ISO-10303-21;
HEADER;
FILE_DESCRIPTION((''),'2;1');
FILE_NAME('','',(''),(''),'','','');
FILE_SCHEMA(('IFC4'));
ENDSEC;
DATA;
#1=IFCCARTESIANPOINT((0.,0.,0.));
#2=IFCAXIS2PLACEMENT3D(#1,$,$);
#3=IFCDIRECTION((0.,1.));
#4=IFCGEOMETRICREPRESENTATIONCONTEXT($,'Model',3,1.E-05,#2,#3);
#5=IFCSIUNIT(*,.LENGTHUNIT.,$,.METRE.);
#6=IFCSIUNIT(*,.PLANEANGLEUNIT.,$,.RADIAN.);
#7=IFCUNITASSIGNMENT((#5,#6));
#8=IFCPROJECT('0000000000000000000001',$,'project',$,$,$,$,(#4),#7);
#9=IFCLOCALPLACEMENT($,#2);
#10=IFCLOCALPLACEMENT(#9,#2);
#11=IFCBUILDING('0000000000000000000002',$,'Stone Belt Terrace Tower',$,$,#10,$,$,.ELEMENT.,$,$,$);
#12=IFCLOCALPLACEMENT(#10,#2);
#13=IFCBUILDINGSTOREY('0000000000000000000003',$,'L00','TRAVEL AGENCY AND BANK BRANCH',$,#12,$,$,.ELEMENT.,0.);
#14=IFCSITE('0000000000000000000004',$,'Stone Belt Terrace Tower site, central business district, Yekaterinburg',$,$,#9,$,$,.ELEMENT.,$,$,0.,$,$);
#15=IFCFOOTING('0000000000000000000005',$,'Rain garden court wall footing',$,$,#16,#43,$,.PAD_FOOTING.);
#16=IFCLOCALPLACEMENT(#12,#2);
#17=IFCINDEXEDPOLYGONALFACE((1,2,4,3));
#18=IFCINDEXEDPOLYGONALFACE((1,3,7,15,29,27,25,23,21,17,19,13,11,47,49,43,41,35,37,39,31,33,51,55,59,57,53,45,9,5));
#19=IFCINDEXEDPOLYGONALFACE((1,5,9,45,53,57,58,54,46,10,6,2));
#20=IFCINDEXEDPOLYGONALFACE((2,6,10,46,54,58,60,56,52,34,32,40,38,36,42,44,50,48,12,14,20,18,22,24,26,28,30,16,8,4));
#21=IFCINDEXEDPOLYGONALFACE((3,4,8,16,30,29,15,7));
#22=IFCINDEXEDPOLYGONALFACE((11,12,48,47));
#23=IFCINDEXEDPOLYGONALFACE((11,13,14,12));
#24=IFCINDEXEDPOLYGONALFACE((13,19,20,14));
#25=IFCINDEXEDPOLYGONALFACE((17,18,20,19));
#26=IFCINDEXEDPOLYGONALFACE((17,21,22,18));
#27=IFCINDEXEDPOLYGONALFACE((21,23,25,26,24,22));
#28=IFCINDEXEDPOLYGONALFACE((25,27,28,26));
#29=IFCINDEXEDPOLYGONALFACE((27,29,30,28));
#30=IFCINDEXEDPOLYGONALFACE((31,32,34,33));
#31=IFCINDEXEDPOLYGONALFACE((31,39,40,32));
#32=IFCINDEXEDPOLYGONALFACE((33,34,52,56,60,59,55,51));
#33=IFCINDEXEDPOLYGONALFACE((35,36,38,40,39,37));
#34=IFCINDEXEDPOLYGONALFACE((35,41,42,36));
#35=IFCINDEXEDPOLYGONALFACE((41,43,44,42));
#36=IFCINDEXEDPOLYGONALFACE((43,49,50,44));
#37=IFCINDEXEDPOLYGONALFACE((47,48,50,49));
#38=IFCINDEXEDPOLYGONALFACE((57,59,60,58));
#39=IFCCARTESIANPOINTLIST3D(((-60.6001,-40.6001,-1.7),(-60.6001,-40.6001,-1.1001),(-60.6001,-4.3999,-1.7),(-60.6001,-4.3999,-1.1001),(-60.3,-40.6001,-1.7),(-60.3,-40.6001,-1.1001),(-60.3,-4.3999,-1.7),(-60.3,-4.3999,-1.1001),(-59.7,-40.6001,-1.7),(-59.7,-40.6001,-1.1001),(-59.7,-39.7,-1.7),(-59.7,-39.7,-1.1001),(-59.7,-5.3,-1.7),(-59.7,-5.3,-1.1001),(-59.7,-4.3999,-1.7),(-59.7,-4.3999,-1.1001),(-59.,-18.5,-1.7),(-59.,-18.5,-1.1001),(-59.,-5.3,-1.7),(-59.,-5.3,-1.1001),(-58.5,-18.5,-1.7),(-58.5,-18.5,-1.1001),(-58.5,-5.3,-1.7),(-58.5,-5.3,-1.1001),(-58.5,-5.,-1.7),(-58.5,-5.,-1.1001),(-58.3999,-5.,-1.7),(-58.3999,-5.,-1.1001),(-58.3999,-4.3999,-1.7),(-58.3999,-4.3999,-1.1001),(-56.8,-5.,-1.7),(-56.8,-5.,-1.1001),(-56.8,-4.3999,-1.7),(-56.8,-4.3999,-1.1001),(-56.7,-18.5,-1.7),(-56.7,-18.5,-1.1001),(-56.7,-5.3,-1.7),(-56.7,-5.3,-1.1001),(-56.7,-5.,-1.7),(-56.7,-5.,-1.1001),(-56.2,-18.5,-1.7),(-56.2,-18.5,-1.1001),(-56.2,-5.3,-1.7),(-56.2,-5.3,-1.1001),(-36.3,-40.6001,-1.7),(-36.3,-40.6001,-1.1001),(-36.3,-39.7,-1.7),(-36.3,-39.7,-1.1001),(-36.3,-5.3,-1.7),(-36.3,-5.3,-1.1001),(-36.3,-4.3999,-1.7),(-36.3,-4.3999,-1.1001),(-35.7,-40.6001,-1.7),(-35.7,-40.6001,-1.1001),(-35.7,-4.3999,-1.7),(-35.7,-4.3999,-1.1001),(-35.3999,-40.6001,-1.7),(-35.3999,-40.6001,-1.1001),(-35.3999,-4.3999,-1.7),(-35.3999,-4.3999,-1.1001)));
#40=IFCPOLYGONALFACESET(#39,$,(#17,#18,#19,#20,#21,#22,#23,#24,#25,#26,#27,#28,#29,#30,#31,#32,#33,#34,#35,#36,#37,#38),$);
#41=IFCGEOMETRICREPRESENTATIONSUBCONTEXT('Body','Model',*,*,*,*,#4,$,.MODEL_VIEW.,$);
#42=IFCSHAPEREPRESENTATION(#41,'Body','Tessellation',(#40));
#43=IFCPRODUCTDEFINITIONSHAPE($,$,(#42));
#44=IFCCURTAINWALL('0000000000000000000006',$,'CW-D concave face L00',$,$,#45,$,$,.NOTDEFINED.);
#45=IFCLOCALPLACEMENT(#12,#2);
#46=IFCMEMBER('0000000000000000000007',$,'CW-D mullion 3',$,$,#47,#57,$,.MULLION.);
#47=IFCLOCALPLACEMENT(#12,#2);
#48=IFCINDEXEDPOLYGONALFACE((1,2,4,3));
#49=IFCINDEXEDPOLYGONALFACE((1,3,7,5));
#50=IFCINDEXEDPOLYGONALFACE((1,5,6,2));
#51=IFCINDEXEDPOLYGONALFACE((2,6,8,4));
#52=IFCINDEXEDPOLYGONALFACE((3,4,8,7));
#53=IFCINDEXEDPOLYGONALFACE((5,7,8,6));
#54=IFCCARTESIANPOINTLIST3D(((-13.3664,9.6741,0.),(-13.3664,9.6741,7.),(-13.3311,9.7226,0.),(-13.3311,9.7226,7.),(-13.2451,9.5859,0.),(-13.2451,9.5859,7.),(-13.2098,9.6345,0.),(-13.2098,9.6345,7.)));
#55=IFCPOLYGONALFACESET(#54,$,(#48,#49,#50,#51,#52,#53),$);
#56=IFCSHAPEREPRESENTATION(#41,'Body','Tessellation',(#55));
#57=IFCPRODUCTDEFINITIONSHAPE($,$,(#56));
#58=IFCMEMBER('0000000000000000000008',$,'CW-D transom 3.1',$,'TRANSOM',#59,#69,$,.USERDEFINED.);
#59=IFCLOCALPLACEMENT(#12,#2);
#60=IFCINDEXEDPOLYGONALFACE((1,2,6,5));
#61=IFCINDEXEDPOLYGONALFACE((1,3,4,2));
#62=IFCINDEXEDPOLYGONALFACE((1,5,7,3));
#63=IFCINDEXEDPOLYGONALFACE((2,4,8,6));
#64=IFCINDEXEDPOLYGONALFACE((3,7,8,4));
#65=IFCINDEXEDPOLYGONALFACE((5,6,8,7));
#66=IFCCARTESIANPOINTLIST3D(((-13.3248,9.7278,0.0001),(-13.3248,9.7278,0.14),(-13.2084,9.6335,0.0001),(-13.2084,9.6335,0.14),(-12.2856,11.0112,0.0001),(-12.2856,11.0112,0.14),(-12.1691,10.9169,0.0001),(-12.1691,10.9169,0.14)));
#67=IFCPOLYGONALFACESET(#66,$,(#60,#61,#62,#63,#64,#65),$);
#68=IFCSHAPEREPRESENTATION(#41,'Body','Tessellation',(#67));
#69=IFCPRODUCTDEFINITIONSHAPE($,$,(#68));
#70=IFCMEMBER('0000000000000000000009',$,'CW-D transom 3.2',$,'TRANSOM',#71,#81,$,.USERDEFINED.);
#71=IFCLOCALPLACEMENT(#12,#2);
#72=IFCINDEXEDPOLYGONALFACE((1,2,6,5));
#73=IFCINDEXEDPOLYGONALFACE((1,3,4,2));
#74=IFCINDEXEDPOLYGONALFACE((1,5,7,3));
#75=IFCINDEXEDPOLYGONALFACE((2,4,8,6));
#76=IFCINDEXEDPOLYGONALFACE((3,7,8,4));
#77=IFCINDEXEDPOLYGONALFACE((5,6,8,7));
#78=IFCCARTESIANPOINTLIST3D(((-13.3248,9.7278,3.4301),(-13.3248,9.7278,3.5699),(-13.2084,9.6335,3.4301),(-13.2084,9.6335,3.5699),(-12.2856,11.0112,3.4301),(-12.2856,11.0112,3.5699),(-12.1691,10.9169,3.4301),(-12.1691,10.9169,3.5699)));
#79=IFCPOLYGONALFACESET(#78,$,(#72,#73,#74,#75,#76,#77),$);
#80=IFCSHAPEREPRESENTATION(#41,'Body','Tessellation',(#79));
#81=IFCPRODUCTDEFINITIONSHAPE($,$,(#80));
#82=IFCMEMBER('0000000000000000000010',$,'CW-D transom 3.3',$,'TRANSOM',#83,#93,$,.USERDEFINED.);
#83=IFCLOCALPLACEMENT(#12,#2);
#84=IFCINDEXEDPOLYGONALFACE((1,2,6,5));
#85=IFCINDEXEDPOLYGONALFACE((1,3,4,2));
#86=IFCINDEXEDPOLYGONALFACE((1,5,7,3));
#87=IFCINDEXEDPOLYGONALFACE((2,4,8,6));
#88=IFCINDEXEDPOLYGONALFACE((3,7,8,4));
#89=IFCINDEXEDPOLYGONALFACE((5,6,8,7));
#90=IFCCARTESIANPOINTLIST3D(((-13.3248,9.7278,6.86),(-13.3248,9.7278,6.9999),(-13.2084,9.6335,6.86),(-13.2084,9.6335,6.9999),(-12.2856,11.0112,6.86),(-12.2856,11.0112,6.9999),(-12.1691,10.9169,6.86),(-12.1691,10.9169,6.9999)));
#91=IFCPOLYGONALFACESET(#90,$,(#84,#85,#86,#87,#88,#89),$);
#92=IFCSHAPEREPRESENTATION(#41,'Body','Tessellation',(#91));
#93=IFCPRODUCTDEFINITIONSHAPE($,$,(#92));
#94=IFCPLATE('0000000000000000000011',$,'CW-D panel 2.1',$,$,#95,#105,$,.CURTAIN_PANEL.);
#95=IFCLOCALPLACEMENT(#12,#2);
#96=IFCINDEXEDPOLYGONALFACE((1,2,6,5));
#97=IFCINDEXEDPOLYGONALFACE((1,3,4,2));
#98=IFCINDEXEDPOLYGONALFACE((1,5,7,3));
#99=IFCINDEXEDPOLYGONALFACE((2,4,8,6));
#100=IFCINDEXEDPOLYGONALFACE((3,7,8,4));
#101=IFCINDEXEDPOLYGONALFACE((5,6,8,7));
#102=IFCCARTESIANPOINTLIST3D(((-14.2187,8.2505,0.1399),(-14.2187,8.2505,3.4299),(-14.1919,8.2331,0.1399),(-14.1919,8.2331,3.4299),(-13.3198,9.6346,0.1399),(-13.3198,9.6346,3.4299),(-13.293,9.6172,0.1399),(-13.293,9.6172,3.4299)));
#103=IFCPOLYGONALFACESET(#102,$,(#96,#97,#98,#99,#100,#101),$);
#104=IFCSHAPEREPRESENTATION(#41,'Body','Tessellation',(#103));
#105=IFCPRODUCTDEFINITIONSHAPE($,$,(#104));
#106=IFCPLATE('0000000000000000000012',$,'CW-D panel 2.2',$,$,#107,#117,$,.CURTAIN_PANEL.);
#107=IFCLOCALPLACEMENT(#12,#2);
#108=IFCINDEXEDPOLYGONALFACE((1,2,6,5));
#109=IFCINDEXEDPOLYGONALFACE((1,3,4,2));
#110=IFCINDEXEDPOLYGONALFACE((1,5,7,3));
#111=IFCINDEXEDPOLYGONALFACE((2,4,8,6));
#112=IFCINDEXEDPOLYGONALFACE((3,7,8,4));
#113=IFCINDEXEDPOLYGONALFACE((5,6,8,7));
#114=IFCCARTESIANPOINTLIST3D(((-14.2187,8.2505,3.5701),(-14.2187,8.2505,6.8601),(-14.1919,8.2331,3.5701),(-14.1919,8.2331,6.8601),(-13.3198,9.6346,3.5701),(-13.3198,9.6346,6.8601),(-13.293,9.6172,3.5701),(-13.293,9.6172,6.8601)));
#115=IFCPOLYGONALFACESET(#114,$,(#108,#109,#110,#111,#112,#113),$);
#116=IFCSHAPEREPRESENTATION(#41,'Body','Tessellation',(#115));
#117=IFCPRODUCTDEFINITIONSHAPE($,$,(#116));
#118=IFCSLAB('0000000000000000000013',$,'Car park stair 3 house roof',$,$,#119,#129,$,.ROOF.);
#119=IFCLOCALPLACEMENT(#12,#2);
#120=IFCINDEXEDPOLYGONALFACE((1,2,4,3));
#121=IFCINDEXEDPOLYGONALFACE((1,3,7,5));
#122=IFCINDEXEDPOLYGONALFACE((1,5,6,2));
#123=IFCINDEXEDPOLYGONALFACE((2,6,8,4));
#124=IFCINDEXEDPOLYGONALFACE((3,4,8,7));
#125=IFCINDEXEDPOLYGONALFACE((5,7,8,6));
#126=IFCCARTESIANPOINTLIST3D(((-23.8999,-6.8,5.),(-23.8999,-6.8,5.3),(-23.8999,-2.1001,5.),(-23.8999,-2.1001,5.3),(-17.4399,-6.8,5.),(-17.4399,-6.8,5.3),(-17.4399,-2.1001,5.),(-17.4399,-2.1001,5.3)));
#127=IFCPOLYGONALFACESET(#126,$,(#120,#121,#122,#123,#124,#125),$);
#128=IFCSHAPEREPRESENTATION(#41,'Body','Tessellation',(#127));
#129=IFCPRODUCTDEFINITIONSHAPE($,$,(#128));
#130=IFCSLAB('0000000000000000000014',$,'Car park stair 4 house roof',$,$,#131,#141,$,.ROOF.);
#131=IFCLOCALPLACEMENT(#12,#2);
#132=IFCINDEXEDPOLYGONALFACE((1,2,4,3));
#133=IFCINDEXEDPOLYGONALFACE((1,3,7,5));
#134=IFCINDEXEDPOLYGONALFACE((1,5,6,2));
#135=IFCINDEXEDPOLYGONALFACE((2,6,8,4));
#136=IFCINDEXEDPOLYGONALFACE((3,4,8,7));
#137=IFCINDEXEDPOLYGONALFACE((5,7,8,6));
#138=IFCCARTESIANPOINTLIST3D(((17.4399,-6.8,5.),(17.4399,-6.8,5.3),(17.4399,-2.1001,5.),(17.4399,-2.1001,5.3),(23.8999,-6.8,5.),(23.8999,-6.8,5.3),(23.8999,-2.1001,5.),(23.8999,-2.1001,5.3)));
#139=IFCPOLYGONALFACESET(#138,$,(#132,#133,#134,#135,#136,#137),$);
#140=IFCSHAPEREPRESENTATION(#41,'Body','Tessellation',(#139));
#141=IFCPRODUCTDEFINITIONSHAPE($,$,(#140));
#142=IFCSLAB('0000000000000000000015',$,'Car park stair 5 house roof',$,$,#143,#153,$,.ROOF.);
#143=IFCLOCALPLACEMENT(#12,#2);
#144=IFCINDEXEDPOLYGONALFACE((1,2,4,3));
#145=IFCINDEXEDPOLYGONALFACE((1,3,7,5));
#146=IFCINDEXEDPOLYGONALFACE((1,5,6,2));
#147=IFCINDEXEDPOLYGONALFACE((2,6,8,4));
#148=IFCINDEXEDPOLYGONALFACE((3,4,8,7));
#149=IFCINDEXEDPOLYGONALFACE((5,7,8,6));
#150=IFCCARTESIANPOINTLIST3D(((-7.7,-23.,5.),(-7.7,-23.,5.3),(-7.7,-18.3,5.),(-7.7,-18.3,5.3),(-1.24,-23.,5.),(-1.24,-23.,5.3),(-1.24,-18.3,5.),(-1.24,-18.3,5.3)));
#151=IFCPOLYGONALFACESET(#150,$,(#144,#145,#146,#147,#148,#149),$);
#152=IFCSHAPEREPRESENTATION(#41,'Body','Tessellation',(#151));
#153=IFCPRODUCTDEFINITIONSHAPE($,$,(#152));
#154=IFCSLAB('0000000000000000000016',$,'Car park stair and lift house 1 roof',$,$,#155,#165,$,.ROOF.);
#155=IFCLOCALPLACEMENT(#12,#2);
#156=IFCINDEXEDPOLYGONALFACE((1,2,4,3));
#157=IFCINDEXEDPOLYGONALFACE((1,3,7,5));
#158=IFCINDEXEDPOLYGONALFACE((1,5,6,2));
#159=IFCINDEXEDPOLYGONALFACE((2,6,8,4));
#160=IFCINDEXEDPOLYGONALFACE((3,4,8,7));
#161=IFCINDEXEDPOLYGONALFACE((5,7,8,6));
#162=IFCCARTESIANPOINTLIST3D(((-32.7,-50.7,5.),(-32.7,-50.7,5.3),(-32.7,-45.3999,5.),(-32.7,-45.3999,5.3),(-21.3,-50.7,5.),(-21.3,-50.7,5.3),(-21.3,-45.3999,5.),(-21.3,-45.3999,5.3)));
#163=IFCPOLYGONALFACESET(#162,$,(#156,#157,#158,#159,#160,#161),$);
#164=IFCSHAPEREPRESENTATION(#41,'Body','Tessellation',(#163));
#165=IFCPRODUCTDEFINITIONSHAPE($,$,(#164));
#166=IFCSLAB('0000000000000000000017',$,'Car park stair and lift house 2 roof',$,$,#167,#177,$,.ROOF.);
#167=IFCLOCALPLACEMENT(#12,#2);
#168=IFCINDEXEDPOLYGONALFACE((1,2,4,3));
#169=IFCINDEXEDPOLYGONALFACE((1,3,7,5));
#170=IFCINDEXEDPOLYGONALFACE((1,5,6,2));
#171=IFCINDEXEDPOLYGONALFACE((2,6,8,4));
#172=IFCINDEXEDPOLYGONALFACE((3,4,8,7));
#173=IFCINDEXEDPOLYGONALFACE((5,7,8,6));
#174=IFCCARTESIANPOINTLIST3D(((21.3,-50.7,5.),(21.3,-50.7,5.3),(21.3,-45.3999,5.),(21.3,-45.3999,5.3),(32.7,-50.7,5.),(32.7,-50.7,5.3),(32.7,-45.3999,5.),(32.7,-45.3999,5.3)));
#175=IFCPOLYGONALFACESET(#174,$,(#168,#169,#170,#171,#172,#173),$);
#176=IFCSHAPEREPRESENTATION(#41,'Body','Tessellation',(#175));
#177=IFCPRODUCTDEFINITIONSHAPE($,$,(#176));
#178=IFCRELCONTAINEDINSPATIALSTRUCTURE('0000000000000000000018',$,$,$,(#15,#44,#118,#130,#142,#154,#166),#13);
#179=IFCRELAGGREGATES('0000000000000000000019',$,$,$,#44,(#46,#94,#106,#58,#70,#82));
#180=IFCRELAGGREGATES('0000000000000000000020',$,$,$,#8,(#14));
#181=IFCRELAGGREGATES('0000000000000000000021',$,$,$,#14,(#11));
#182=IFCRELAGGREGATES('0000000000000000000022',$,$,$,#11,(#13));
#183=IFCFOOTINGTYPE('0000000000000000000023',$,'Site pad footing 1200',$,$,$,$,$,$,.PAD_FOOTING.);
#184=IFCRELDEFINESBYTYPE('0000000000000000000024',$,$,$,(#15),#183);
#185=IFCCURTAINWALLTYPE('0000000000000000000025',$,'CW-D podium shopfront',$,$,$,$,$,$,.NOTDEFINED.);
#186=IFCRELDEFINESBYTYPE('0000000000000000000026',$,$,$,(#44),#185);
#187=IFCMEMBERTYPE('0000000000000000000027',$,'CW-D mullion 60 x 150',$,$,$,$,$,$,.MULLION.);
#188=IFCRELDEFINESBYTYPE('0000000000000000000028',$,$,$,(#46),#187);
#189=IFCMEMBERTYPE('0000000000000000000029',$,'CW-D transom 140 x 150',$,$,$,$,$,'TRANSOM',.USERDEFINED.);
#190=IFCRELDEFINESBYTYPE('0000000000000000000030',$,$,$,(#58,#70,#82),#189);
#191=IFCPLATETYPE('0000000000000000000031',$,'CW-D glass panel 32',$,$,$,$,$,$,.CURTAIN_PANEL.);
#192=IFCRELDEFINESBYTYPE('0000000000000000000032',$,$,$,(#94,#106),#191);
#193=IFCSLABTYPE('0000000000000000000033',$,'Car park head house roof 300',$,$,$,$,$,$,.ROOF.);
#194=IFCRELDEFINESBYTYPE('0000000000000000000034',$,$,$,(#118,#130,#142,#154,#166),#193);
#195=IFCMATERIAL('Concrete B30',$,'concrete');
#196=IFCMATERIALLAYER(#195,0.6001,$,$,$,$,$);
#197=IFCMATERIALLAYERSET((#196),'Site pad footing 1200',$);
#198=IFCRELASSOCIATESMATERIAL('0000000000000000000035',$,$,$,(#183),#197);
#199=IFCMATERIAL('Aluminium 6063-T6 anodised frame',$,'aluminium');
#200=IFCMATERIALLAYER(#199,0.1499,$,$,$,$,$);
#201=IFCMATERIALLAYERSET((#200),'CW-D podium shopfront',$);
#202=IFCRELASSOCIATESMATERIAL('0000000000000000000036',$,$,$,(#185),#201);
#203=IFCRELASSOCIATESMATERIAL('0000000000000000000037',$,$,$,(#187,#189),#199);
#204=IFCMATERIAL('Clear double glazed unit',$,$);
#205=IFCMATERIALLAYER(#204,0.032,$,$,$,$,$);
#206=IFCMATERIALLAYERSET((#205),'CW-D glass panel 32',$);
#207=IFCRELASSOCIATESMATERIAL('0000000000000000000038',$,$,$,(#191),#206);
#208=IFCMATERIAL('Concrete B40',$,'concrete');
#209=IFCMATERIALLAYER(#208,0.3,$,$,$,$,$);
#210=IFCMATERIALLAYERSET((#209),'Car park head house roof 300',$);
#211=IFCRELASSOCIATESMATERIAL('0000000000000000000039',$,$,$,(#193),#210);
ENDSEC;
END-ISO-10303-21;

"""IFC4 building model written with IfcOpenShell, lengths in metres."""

from ifc_helpers import new_model, si_unit, direction, frame, origin, origin_2d, place, context, subcontext, project, spatial, polyline, rectangle, outline, extrude, material, layer, layer_set, material_profile, profile_set, type_object, element, aggregate, save


model = new_model("IFC4")

# Units and contexts
model_context = context("Model", 3, precision=1e-05, world=origin(), true_north=direction((0.0, 1.0)))
body_context = subcontext(model_context, "Body", "Model", "MODEL_VIEW")
ifc_project = project(units=[si_unit("LENGTHUNIT", "METRE"), si_unit("PLANEANGLEUNIT", "RADIAN")], contexts=[model_context])

# Site, building, storey
site_placement = place(None, origin())
site = spatial("IfcSite", under=ifc_project, at=site_placement, Name="Stone Belt Terrace Tower site, central business district, Yekaterinburg", CompositionType="ELEMENT", RefElevation=0.0)
building_placement = place(site_placement, origin())
building = spatial("IfcBuilding", under=site, at=building_placement, Name="Stone Belt Terrace Tower", CompositionType="ELEMENT")
storey_placement = place(building_placement, origin())
storey = spatial("IfcBuildingStorey", under=building, at=storey_placement, Name="L00", Description="TRAVEL AGENCY AND BANK BRANCH", CompositionType="ELEMENT", Elevation=0.0)

# Footing
ifc_material_1 = material(Name="Concrete B30", Category="concrete")
ifc_layer_1 = layer(ifc_material_1, 0.6001)
ifc_layer_set_1 = layer_set([ifc_layer_1], Name="Site pad footing 1200")
footing_type = type_object("IfcFootingType", Name="Site pad footing 1200", PredefinedType="PAD_FOOTING", material=ifc_layer_set_1)
footing_placement = place(storey_placement, frame((0.0, 0.0, -1.7)))
element("IfcFooting", 1, at=footing_placement, inside=storey, type_object=footing_type, Name="Rain garden court wall footing", PredefinedType="PAD_FOOTING", context=body_context, shape_type="SweptSolid", body=[
    extrude(outline(polyline([(-60.6001, -40.6001), (-60.3, -40.6001), (-59.7, -40.6001), (-36.3, -40.6001), (-35.7, -40.6001), (-35.3999, -40.6001), (-35.3999, -4.3999), (-35.7, -4.3999), (-36.3, -4.3999), (-56.8, -4.3999), (-56.8, -5.0), (-56.7, -5.0), (-56.7, -5.3), (-56.7, -18.5), (-56.2, -18.5), (-56.2, -5.3), (-36.3, -5.3), (-36.3, -39.7), (-59.7, -39.7), (-59.7, -5.3), (-59.0, -5.3), (-59.0, -18.5), (-58.5, -18.5), (-58.5, -5.3), (-58.5, -5.0), (-58.3999, -5.0), (-58.3999, -4.3999), (-59.7, -4.3999), (-60.3, -4.3999), (-60.6001, -4.3999), (-60.6001, -40.6001)])), origin(), (0.0, 0.0, 1.0), 0.5999),
])

# Curtain wall, members, plates
ifc_material_2 = material(Name="Aluminium 6063-T6 anodised frame", Category="aluminium")
ifc_layer_2 = layer(ifc_material_2, 0.1499)
ifc_layer_set_2 = layer_set([ifc_layer_2], Name="CW-D podium shopfront")
curtain_wall_type = type_object("IfcCurtainWallType", Name="CW-D podium shopfront", PredefinedType="NOTDEFINED", material=ifc_layer_set_2)
curtain_wall_placement = place(storey_placement, origin())
curtain_wall = element("IfcCurtainWall", 2, at=curtain_wall_placement, inside=storey, type_object=curtain_wall_type, Name="CW-D concave face L00", PredefinedType="NOTDEFINED")
ifc_material_profile_1 = material_profile(ifc_material_2, rectangle(XDim=0.1499, YDim=0.0601, at=origin_2d()), Name="Aluminium 6063-T6 60x150")
ifc_profile_set_1 = profile_set([ifc_material_profile_1], Name="Aluminium 6063-T6 anodised frame")
member_type_1 = type_object("IfcMemberType", Name="CW-D mullion 60 x 150", PredefinedType="MULLION", material=ifc_profile_set_1)
member_1_placement = place(storey_placement, frame((-13.2881, 9.6543, 0.0), z_axis=(0.0, 0.0, 1.0), x_axis=(-0.809017, 0.587785, 0.0)))
member_1 = element("IfcMember", 3, at=member_1_placement, type_object=member_type_1, Name="CW-D mullion 3", PredefinedType="MULLION", context=body_context, shape_type="SweptSolid", body=[
    extrude(rectangle(XDim=0.1499, YDim=0.0601, at=origin_2d()), origin(), (0.0, 0.0, 1.0), 7.0),
])
ifc_material_profile_2 = material_profile(ifc_material_2, rectangle(XDim=0.1499, YDim=0.1399, at=origin_2d()), Name="Aluminium 6063-T6 150x140")
ifc_profile_set_2 = profile_set([ifc_material_profile_2], Name="Aluminium 6063-T6 anodised frame")
member_type_2 = type_object("IfcMemberType", Name="CW-D transom 140 x 150", ElementType="TRANSOM", PredefinedType="USERDEFINED", material=ifc_profile_set_2)
member_2_placement = place(storey_placement, frame((-13.2666, 9.6807, 0.0701), z_axis=(0.629317, 0.777148, 0.0), x_axis=(-0.777148, 0.629317, 0.0)))
member_2 = element("IfcMember", 4, at=member_2_placement, type_object=member_type_2, Name="CW-D transom 3.1", ObjectType="TRANSOM", PredefinedType="USERDEFINED", context=body_context, shape_type="SweptSolid", body=[
    extrude(rectangle(XDim=0.1499, YDim=0.1399, at=origin_2d()), origin(), (0.0, 0.0, 1.0), 1.6514),
])
member_3_placement = place(storey_placement, frame((-13.2666, 9.6807, 3.5), z_axis=(0.629317, 0.777148, 0.0), x_axis=(-0.777148, 0.629317, 0.0)))
member_3 = element("IfcMember", 5, at=member_3_placement, type_object=member_type_2, Name="CW-D transom 3.2", ObjectType="TRANSOM", PredefinedType="USERDEFINED", context=body_context, shape_type="SweptSolid", body=[
    extrude(rectangle(XDim=0.1499, YDim=0.1399, at=origin_2d()), origin(), (0.0, 0.0, 1.0), 1.6514),
])
member_4_placement = place(storey_placement, frame((-13.2666, 9.6807, 6.9299), z_axis=(0.629317, 0.777148, 0.0), x_axis=(-0.777148, 0.629317, 0.0)))
member_4 = element("IfcMember", 6, at=member_4_placement, type_object=member_type_2, Name="CW-D transom 3.3", ObjectType="TRANSOM", PredefinedType="USERDEFINED", context=body_context, shape_type="SweptSolid", body=[
    extrude(rectangle(XDim=0.1499, YDim=0.1399, at=origin_2d()), origin(), (0.0, 0.0, 1.0), 1.6514),
])
ifc_material_3 = material(Name="Clear double glazed unit")
ifc_layer_3 = layer(ifc_material_3, 0.032)
ifc_layer_set_3 = layer_set([ifc_layer_3], Name="CW-D glass panel 32")
plate_type = type_object("IfcPlateType", Name="CW-D glass panel 32", PredefinedType="CURTAIN_PANEL", material=ifc_layer_set_3)
plate_1_placement = place(storey_placement, frame((-13.7559, 8.9338, 0.1399), z_axis=(0.0, 0.0, 1.0), x_axis=(0.544639, 0.838671, 0.0)))
plate_1 = element("IfcPlate", 7, at=plate_1_placement, type_object=plate_type, Name="CW-D panel 2.1", PredefinedType="CURTAIN_PANEL", context=body_context, shape_type="SweptSolid", body=[
    extrude(rectangle(XDim=1.6504, YDim=0.032, at=origin_2d()), origin(), (0.0, 0.0, 1.0), 3.29),
])
plate_2_placement = place(storey_placement, frame((-13.7559, 8.9338, 3.5701), z_axis=(0.0, 0.0, 1.0), x_axis=(0.544639, 0.838671, 0.0)))
plate_2 = element("IfcPlate", 8, at=plate_2_placement, type_object=plate_type, Name="CW-D panel 2.2", PredefinedType="CURTAIN_PANEL", context=body_context, shape_type="SweptSolid", body=[
    extrude(rectangle(XDim=1.6504, YDim=0.032, at=origin_2d()), origin(), (0.0, 0.0, 1.0), 3.29),
])
aggregate(curtain_wall, [member_1, plate_1, plate_2, member_2, member_3, member_4])

# Slabs
ifc_material_4 = material(Name="Concrete B40", Category="concrete")
ifc_layer_4 = layer(ifc_material_4, 0.3)
ifc_layer_set_4 = layer_set([ifc_layer_4], Name="Car park head house roof 300")
slab_type_1 = type_object("IfcSlabType", Name="Car park head house roof 300", PredefinedType="ROOF", material=ifc_layer_set_4)
slab_1_placement = place(storey_placement, frame((0.0, 0.0, 5.0)))
element("IfcSlab", 9, at=slab_1_placement, inside=storey, type_object=slab_type_1, Name="Car park stair 3 house roof", PredefinedType="ROOF", context=body_context, shape_type="SweptSolid", body=[
    extrude(outline(polyline([(-23.8999, -6.8), (-17.4399, -6.8), (-17.4399, -2.1001), (-23.8999, -2.1001), (-23.8999, -6.8)])), origin(), (0.0, 0.0, 1.0), 0.3),
])
slab_2_placement = place(storey_placement, frame((0.0, 0.0, 5.0)))
element("IfcSlab", 10, at=slab_2_placement, inside=storey, type_object=slab_type_1, Name="Car park stair 4 house roof", PredefinedType="ROOF", context=body_context, shape_type="SweptSolid", body=[
    extrude(outline(polyline([(17.4399, -6.8), (23.8999, -6.8), (23.8999, -2.1001), (17.4399, -2.1001), (17.4399, -6.8)])), origin(), (0.0, 0.0, 1.0), 0.3),
])
slab_3_placement = place(storey_placement, frame((0.0, 0.0, 5.0)))
element("IfcSlab", 11, at=slab_3_placement, inside=storey, type_object=slab_type_1, Name="Car park stair 5 house roof", PredefinedType="ROOF", context=body_context, shape_type="SweptSolid", body=[
    extrude(outline(polyline([(-7.7, -23.0), (-1.24, -23.0), (-1.24, -18.3), (-7.7, -18.3), (-7.7, -23.0)])), origin(), (0.0, 0.0, 1.0), 0.3),
])
slab_4_placement = place(storey_placement, frame((0.0, 0.0, 5.0)))
element("IfcSlab", 12, at=slab_4_placement, inside=storey, type_object=slab_type_1, Name="Car park stair and lift house 1 roof", PredefinedType="ROOF", context=body_context, shape_type="SweptSolid", body=[
    extrude(outline(polyline([(-32.7, -50.7), (-21.3, -50.7), (-21.3, -45.3999), (-32.7, -45.3999), (-32.7, -50.7)])), origin(), (0.0, 0.0, 1.0), 0.3),
])
slab_5_placement = place(storey_placement, frame((0.0, 0.0, 5.0)))
element("IfcSlab", 13, at=slab_5_placement, inside=storey, type_object=slab_type_1, Name="Car park stair and lift house 2 roof", PredefinedType="ROOF", context=body_context, shape_type="SweptSolid", body=[
    extrude(outline(polyline([(21.3, -50.7), (32.7, -50.7), (32.7, -45.3999), (21.3, -45.3999), (21.3, -50.7)])), origin(), (0.0, 0.0, 1.0), 0.3),
])

save(model, "model.ifc")
